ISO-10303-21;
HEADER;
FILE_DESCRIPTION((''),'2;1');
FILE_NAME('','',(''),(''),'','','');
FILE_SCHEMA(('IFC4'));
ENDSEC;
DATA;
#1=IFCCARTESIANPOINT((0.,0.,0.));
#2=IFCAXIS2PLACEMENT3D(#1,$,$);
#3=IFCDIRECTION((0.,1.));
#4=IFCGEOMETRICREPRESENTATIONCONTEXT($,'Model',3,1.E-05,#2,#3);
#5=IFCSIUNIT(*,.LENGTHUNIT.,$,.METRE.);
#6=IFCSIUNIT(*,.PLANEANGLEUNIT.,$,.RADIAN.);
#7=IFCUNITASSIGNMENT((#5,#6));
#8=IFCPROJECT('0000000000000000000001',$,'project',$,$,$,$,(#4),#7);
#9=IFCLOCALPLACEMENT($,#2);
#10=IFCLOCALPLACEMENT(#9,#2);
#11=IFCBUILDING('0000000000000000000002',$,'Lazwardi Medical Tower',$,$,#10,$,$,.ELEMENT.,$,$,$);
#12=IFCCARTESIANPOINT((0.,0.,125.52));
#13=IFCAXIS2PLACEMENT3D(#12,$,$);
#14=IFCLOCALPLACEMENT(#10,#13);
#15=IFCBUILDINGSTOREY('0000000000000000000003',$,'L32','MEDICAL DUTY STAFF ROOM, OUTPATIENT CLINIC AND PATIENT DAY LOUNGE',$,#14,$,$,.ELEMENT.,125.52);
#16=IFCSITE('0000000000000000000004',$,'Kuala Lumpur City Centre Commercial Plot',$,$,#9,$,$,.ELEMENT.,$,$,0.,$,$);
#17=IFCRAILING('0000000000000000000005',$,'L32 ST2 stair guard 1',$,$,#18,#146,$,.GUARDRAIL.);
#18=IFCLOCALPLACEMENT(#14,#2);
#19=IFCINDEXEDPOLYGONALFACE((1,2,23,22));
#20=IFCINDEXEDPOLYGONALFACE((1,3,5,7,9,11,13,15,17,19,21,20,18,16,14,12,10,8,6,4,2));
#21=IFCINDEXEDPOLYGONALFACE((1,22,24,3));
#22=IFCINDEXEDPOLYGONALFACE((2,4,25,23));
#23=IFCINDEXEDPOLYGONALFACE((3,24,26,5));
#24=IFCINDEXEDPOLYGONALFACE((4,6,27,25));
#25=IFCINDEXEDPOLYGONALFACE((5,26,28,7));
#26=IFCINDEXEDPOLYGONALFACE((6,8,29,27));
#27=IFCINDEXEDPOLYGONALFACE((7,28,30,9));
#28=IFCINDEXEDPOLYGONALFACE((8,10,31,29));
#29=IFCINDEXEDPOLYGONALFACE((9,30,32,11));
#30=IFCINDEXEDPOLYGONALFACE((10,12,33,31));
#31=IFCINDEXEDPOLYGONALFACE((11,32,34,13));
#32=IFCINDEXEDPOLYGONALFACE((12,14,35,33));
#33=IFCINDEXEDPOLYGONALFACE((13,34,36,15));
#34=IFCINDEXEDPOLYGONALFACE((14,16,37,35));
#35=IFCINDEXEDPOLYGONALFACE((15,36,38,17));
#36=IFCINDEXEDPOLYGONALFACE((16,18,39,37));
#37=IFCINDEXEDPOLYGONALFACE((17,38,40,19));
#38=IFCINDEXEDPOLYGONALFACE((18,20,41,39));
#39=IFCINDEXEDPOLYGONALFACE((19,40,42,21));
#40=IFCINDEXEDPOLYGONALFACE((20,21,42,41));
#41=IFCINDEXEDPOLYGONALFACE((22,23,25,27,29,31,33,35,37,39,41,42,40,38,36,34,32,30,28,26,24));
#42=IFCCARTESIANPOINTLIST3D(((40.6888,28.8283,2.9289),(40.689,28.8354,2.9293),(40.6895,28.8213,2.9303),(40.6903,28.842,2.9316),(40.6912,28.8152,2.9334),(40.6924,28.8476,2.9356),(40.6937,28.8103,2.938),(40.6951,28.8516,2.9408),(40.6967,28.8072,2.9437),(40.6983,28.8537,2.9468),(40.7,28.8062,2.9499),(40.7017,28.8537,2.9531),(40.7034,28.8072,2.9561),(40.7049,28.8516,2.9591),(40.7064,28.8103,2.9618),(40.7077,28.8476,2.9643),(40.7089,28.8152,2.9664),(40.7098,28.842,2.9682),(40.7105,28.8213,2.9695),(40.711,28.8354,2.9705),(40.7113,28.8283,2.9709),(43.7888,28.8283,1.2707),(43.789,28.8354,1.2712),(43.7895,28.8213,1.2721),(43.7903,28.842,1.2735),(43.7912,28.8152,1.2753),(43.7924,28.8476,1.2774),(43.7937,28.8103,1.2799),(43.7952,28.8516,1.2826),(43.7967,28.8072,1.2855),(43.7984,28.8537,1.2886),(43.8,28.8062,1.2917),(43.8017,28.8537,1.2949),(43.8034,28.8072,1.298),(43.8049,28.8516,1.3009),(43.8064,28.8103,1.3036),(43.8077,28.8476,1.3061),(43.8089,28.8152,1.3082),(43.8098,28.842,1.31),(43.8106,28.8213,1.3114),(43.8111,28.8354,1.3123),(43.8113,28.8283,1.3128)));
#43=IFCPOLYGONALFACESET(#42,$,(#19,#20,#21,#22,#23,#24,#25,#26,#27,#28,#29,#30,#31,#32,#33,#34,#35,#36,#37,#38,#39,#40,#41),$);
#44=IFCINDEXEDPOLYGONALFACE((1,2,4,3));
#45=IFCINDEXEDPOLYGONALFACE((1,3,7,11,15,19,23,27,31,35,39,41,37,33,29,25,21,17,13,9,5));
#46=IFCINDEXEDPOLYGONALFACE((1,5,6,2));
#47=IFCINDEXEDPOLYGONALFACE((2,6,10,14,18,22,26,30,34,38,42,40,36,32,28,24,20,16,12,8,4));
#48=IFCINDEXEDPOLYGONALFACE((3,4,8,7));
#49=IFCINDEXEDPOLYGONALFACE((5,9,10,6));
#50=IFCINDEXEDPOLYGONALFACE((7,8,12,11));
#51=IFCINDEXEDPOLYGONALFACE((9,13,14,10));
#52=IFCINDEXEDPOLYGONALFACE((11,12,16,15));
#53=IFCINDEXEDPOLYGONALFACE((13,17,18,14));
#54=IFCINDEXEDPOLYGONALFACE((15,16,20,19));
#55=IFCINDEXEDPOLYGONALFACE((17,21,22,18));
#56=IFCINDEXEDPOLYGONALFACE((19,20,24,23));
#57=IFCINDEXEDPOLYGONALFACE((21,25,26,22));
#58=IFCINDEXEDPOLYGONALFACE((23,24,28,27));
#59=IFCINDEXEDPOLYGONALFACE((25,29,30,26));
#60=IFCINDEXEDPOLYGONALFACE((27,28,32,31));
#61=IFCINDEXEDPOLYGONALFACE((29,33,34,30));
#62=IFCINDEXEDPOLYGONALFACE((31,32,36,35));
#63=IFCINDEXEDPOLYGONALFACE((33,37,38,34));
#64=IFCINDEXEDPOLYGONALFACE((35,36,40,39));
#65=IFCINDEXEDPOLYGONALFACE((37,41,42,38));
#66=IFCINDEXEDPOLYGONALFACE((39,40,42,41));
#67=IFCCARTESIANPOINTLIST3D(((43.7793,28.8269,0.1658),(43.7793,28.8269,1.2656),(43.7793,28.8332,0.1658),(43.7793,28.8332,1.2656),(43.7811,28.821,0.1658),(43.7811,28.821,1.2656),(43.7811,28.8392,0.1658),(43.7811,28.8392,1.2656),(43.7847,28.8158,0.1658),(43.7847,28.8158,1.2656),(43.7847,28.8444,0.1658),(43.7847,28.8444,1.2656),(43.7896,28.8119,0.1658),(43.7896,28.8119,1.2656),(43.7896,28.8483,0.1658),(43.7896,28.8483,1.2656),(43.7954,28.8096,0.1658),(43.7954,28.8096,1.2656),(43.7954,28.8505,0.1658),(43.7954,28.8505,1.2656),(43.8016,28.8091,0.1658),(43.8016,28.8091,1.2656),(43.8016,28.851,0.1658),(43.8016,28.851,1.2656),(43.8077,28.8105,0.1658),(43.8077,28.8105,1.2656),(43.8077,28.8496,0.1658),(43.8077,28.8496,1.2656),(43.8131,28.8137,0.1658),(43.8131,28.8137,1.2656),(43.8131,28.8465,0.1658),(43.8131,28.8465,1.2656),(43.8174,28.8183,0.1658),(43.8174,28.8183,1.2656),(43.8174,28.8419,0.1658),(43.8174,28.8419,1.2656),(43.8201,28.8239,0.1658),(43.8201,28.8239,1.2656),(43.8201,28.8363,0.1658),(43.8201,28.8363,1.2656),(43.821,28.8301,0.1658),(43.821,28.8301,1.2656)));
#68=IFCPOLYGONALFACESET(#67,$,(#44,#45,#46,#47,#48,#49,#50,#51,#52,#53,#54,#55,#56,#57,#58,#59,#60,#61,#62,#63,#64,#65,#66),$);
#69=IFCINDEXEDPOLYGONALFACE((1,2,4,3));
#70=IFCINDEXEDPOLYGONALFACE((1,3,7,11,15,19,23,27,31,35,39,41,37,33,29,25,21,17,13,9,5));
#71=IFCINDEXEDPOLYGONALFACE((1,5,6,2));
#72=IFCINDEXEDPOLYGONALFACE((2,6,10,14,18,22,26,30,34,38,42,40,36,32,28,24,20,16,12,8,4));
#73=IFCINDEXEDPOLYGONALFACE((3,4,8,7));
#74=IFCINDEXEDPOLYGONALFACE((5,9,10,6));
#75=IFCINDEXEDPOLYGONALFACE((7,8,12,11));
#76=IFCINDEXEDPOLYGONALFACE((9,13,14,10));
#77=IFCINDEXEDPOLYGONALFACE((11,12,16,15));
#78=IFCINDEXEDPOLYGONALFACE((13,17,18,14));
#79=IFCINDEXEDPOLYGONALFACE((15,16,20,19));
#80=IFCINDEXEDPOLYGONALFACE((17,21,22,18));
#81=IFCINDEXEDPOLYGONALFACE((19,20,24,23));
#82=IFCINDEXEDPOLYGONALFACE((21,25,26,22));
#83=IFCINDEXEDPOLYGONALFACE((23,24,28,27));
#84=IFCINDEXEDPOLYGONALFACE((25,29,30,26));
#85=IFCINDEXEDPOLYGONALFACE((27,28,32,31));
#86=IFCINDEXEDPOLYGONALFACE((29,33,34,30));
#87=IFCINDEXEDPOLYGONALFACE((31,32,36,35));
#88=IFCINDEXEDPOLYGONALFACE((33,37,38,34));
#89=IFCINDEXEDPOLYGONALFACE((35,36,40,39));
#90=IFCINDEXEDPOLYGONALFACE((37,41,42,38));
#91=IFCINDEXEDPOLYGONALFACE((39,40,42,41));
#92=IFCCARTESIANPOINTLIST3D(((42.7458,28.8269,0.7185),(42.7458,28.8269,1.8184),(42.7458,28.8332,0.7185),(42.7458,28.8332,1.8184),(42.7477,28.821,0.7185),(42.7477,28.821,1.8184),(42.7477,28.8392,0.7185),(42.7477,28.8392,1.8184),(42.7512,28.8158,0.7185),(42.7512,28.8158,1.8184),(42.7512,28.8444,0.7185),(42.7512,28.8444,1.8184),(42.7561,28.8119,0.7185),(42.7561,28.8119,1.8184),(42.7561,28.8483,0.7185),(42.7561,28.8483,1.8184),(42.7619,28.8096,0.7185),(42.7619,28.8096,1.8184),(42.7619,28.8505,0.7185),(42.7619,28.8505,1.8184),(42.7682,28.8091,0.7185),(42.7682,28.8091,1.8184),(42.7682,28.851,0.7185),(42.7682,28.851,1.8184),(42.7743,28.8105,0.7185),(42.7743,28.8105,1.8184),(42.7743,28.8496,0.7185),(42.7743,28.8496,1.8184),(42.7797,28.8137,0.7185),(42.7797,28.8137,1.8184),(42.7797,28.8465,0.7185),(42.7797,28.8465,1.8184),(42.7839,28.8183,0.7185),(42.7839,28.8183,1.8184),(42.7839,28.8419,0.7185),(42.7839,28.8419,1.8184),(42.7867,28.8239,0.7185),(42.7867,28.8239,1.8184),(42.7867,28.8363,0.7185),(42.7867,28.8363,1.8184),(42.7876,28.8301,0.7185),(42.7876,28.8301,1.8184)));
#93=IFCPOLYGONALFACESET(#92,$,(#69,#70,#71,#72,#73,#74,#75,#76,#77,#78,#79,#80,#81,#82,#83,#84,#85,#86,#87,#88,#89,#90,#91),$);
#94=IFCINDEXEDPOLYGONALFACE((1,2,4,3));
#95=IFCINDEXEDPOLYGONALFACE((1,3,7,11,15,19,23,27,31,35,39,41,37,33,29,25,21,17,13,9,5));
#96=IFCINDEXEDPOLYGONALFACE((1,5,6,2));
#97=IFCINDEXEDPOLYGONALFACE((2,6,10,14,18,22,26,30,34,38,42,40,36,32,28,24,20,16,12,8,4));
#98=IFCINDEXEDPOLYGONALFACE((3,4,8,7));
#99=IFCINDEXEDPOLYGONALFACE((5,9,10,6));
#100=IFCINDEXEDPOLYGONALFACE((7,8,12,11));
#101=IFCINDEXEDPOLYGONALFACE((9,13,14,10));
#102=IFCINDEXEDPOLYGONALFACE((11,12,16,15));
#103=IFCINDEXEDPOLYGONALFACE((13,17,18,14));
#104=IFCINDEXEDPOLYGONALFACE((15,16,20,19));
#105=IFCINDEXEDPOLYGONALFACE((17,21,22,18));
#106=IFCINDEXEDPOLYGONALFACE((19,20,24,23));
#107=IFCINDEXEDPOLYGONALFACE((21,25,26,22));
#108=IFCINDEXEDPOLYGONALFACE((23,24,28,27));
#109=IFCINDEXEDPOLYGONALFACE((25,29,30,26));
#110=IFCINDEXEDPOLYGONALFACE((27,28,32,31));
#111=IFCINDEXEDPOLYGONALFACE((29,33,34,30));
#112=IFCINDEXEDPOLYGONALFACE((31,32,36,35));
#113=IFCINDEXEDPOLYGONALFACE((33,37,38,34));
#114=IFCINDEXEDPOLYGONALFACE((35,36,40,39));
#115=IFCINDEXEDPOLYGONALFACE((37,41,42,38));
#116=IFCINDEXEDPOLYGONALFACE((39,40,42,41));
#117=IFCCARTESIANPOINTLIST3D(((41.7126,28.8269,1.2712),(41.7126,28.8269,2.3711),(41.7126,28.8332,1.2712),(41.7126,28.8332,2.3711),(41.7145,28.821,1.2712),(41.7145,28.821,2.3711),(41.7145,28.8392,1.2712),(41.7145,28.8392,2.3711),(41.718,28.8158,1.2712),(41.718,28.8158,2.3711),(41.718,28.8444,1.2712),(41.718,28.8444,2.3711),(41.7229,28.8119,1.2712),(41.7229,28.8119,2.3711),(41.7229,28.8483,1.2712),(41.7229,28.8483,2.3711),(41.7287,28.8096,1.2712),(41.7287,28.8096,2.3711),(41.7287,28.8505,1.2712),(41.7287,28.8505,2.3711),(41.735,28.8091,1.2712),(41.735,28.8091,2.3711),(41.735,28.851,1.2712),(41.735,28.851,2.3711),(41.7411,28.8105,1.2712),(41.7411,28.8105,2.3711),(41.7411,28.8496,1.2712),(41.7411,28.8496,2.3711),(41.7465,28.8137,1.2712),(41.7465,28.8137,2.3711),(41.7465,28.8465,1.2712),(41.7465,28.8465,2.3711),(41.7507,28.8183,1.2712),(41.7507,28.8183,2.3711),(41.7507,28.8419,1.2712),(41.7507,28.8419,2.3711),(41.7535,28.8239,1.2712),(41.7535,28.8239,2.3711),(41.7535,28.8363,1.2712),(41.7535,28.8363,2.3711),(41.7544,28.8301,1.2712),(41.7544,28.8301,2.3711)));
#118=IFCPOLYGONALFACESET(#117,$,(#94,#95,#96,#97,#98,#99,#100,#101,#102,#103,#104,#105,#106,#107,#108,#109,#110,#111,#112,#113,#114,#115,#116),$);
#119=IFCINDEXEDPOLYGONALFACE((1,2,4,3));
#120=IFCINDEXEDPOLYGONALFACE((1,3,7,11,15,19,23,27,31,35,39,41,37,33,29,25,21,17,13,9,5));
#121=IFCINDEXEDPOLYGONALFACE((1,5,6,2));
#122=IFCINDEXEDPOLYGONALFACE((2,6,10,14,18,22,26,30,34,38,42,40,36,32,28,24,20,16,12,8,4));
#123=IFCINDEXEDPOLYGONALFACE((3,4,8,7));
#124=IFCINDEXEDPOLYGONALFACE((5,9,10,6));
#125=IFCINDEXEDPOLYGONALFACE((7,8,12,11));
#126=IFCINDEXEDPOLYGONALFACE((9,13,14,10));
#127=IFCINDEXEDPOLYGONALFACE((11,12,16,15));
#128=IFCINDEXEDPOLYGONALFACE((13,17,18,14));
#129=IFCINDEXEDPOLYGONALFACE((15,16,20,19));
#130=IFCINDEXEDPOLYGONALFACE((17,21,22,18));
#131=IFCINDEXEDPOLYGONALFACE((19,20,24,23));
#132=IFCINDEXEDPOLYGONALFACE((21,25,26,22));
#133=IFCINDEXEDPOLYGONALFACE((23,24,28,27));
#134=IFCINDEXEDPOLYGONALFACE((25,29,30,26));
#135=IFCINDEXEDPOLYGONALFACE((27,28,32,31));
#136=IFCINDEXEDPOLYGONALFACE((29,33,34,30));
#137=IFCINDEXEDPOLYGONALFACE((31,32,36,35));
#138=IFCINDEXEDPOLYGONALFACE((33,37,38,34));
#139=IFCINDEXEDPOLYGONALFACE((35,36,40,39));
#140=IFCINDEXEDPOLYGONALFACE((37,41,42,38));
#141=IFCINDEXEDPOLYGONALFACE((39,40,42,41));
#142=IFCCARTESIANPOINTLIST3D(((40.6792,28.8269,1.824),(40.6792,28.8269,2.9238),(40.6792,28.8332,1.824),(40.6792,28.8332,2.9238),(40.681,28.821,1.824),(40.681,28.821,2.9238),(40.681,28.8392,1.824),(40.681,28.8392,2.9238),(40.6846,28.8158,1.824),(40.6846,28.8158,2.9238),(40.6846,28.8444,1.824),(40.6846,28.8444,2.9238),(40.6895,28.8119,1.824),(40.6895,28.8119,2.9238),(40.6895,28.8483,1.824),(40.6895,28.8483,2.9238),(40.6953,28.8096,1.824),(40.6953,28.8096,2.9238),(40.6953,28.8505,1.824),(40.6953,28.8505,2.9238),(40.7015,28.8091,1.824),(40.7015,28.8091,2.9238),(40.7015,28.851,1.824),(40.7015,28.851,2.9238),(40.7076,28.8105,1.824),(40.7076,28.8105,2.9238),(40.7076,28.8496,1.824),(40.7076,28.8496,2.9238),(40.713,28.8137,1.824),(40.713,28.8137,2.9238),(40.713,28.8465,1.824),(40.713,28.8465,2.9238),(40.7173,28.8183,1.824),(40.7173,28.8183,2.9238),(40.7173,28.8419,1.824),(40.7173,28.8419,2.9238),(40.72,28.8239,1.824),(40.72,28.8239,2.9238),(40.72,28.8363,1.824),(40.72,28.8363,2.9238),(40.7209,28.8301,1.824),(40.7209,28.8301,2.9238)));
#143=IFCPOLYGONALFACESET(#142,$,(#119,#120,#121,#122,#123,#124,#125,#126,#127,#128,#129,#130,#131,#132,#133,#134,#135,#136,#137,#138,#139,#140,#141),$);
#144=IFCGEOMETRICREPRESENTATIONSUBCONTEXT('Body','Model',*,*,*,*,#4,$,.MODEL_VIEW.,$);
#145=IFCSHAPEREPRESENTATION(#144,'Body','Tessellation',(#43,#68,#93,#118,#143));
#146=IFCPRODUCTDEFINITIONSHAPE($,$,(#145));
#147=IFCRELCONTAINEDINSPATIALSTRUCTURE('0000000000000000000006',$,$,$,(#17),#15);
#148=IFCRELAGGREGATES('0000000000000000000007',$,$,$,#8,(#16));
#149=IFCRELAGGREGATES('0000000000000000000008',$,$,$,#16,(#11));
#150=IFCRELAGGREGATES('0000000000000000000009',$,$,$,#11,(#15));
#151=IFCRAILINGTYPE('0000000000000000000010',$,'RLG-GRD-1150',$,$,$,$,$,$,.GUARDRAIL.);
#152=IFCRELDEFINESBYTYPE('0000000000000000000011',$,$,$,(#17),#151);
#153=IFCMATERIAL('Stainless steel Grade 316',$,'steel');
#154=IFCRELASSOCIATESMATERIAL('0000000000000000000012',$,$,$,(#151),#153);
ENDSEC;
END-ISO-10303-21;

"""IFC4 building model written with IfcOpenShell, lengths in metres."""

from ifc_helpers import new_model, si_unit, direction, frame, origin, origin_2d, place, context, subcontext, project, spatial, circle, extrude, material, type_object, element, save


model = new_model("IFC4")

# Units and contexts
model_context = context("Model", 3, precision=1e-05, world=origin(), true_north=direction((0.0, 1.0)))
body_context = subcontext(model_context, "Body", "Model", "MODEL_VIEW")
ifc_project = project(units=[si_unit("LENGTHUNIT", "METRE"), si_unit("PLANEANGLEUNIT", "RADIAN")], contexts=[model_context])

# Site, building, storey
site_placement = place(None, origin())
site = spatial("IfcSite", under=ifc_project, at=site_placement, Name="Kuala Lumpur City Centre Commercial Plot", CompositionType="ELEMENT", RefElevation=0.0)
building_placement = place(site_placement, origin())
building = spatial("IfcBuilding", under=site, at=building_placement, Name="Lazwardi Medical Tower", CompositionType="ELEMENT")
storey_placement = place(building_placement, frame((0.0, 0.0, 125.52)))
storey = spatial("IfcBuildingStorey", under=building, at=storey_placement, Name="L32", Description="MEDICAL DUTY STAFF ROOM, OUTPATIENT CLINIC AND PATIENT DAY LOUNGE", CompositionType="ELEMENT", Elevation=125.52)

# Railing
ifc_material_1 = material(Name="Stainless steel Grade 316", Category="steel")
railing_type_1 = type_object("IfcRailingType", Name="RLG-GRD-1150", PredefinedType="GUARDRAIL", material=ifc_material_1)
railing_1_placement = place(storey_placement, frame((43.8, 28.8301, 0.1658)))
element("IfcRailing", 1, at=railing_1_placement, inside=storey, type_object=railing_type_1, Name="L32 ST2 stair guard 1", PredefinedType="GUARDRAIL", context=body_context, shape_type="SweptSolid", body=[
    extrude(circle(Radius=0.0239, at=origin_2d()), frame((0.0, 0.0, 1.126), z_axis=(-0.881783, 0.0, 0.471655), x_axis=(0.0, -1.0, 0.0)), (0.0, 0.0, 1.0), 3.5156),
    extrude(circle(Radius=0.021, at=origin_2d()), origin(), (0.0, 0.0, 1.0), 1.0999),
    extrude(circle(Radius=0.021, at=origin_2d()), frame((-1.0334, 0.0, 0.5527)), (0.0, 0.0, 1.0), 1.0999),
    extrude(circle(Radius=0.021, at=origin_2d()), frame((-2.0667, 0.0, 1.1055)), (0.0, 0.0, 1.0), 1.0999),
    extrude(circle(Radius=0.021, at=origin_2d()), frame((-3.1001, 0.0, 1.6582)), (0.0, 0.0, 1.0), 1.0999),
])

save(model, "model.ifc")
